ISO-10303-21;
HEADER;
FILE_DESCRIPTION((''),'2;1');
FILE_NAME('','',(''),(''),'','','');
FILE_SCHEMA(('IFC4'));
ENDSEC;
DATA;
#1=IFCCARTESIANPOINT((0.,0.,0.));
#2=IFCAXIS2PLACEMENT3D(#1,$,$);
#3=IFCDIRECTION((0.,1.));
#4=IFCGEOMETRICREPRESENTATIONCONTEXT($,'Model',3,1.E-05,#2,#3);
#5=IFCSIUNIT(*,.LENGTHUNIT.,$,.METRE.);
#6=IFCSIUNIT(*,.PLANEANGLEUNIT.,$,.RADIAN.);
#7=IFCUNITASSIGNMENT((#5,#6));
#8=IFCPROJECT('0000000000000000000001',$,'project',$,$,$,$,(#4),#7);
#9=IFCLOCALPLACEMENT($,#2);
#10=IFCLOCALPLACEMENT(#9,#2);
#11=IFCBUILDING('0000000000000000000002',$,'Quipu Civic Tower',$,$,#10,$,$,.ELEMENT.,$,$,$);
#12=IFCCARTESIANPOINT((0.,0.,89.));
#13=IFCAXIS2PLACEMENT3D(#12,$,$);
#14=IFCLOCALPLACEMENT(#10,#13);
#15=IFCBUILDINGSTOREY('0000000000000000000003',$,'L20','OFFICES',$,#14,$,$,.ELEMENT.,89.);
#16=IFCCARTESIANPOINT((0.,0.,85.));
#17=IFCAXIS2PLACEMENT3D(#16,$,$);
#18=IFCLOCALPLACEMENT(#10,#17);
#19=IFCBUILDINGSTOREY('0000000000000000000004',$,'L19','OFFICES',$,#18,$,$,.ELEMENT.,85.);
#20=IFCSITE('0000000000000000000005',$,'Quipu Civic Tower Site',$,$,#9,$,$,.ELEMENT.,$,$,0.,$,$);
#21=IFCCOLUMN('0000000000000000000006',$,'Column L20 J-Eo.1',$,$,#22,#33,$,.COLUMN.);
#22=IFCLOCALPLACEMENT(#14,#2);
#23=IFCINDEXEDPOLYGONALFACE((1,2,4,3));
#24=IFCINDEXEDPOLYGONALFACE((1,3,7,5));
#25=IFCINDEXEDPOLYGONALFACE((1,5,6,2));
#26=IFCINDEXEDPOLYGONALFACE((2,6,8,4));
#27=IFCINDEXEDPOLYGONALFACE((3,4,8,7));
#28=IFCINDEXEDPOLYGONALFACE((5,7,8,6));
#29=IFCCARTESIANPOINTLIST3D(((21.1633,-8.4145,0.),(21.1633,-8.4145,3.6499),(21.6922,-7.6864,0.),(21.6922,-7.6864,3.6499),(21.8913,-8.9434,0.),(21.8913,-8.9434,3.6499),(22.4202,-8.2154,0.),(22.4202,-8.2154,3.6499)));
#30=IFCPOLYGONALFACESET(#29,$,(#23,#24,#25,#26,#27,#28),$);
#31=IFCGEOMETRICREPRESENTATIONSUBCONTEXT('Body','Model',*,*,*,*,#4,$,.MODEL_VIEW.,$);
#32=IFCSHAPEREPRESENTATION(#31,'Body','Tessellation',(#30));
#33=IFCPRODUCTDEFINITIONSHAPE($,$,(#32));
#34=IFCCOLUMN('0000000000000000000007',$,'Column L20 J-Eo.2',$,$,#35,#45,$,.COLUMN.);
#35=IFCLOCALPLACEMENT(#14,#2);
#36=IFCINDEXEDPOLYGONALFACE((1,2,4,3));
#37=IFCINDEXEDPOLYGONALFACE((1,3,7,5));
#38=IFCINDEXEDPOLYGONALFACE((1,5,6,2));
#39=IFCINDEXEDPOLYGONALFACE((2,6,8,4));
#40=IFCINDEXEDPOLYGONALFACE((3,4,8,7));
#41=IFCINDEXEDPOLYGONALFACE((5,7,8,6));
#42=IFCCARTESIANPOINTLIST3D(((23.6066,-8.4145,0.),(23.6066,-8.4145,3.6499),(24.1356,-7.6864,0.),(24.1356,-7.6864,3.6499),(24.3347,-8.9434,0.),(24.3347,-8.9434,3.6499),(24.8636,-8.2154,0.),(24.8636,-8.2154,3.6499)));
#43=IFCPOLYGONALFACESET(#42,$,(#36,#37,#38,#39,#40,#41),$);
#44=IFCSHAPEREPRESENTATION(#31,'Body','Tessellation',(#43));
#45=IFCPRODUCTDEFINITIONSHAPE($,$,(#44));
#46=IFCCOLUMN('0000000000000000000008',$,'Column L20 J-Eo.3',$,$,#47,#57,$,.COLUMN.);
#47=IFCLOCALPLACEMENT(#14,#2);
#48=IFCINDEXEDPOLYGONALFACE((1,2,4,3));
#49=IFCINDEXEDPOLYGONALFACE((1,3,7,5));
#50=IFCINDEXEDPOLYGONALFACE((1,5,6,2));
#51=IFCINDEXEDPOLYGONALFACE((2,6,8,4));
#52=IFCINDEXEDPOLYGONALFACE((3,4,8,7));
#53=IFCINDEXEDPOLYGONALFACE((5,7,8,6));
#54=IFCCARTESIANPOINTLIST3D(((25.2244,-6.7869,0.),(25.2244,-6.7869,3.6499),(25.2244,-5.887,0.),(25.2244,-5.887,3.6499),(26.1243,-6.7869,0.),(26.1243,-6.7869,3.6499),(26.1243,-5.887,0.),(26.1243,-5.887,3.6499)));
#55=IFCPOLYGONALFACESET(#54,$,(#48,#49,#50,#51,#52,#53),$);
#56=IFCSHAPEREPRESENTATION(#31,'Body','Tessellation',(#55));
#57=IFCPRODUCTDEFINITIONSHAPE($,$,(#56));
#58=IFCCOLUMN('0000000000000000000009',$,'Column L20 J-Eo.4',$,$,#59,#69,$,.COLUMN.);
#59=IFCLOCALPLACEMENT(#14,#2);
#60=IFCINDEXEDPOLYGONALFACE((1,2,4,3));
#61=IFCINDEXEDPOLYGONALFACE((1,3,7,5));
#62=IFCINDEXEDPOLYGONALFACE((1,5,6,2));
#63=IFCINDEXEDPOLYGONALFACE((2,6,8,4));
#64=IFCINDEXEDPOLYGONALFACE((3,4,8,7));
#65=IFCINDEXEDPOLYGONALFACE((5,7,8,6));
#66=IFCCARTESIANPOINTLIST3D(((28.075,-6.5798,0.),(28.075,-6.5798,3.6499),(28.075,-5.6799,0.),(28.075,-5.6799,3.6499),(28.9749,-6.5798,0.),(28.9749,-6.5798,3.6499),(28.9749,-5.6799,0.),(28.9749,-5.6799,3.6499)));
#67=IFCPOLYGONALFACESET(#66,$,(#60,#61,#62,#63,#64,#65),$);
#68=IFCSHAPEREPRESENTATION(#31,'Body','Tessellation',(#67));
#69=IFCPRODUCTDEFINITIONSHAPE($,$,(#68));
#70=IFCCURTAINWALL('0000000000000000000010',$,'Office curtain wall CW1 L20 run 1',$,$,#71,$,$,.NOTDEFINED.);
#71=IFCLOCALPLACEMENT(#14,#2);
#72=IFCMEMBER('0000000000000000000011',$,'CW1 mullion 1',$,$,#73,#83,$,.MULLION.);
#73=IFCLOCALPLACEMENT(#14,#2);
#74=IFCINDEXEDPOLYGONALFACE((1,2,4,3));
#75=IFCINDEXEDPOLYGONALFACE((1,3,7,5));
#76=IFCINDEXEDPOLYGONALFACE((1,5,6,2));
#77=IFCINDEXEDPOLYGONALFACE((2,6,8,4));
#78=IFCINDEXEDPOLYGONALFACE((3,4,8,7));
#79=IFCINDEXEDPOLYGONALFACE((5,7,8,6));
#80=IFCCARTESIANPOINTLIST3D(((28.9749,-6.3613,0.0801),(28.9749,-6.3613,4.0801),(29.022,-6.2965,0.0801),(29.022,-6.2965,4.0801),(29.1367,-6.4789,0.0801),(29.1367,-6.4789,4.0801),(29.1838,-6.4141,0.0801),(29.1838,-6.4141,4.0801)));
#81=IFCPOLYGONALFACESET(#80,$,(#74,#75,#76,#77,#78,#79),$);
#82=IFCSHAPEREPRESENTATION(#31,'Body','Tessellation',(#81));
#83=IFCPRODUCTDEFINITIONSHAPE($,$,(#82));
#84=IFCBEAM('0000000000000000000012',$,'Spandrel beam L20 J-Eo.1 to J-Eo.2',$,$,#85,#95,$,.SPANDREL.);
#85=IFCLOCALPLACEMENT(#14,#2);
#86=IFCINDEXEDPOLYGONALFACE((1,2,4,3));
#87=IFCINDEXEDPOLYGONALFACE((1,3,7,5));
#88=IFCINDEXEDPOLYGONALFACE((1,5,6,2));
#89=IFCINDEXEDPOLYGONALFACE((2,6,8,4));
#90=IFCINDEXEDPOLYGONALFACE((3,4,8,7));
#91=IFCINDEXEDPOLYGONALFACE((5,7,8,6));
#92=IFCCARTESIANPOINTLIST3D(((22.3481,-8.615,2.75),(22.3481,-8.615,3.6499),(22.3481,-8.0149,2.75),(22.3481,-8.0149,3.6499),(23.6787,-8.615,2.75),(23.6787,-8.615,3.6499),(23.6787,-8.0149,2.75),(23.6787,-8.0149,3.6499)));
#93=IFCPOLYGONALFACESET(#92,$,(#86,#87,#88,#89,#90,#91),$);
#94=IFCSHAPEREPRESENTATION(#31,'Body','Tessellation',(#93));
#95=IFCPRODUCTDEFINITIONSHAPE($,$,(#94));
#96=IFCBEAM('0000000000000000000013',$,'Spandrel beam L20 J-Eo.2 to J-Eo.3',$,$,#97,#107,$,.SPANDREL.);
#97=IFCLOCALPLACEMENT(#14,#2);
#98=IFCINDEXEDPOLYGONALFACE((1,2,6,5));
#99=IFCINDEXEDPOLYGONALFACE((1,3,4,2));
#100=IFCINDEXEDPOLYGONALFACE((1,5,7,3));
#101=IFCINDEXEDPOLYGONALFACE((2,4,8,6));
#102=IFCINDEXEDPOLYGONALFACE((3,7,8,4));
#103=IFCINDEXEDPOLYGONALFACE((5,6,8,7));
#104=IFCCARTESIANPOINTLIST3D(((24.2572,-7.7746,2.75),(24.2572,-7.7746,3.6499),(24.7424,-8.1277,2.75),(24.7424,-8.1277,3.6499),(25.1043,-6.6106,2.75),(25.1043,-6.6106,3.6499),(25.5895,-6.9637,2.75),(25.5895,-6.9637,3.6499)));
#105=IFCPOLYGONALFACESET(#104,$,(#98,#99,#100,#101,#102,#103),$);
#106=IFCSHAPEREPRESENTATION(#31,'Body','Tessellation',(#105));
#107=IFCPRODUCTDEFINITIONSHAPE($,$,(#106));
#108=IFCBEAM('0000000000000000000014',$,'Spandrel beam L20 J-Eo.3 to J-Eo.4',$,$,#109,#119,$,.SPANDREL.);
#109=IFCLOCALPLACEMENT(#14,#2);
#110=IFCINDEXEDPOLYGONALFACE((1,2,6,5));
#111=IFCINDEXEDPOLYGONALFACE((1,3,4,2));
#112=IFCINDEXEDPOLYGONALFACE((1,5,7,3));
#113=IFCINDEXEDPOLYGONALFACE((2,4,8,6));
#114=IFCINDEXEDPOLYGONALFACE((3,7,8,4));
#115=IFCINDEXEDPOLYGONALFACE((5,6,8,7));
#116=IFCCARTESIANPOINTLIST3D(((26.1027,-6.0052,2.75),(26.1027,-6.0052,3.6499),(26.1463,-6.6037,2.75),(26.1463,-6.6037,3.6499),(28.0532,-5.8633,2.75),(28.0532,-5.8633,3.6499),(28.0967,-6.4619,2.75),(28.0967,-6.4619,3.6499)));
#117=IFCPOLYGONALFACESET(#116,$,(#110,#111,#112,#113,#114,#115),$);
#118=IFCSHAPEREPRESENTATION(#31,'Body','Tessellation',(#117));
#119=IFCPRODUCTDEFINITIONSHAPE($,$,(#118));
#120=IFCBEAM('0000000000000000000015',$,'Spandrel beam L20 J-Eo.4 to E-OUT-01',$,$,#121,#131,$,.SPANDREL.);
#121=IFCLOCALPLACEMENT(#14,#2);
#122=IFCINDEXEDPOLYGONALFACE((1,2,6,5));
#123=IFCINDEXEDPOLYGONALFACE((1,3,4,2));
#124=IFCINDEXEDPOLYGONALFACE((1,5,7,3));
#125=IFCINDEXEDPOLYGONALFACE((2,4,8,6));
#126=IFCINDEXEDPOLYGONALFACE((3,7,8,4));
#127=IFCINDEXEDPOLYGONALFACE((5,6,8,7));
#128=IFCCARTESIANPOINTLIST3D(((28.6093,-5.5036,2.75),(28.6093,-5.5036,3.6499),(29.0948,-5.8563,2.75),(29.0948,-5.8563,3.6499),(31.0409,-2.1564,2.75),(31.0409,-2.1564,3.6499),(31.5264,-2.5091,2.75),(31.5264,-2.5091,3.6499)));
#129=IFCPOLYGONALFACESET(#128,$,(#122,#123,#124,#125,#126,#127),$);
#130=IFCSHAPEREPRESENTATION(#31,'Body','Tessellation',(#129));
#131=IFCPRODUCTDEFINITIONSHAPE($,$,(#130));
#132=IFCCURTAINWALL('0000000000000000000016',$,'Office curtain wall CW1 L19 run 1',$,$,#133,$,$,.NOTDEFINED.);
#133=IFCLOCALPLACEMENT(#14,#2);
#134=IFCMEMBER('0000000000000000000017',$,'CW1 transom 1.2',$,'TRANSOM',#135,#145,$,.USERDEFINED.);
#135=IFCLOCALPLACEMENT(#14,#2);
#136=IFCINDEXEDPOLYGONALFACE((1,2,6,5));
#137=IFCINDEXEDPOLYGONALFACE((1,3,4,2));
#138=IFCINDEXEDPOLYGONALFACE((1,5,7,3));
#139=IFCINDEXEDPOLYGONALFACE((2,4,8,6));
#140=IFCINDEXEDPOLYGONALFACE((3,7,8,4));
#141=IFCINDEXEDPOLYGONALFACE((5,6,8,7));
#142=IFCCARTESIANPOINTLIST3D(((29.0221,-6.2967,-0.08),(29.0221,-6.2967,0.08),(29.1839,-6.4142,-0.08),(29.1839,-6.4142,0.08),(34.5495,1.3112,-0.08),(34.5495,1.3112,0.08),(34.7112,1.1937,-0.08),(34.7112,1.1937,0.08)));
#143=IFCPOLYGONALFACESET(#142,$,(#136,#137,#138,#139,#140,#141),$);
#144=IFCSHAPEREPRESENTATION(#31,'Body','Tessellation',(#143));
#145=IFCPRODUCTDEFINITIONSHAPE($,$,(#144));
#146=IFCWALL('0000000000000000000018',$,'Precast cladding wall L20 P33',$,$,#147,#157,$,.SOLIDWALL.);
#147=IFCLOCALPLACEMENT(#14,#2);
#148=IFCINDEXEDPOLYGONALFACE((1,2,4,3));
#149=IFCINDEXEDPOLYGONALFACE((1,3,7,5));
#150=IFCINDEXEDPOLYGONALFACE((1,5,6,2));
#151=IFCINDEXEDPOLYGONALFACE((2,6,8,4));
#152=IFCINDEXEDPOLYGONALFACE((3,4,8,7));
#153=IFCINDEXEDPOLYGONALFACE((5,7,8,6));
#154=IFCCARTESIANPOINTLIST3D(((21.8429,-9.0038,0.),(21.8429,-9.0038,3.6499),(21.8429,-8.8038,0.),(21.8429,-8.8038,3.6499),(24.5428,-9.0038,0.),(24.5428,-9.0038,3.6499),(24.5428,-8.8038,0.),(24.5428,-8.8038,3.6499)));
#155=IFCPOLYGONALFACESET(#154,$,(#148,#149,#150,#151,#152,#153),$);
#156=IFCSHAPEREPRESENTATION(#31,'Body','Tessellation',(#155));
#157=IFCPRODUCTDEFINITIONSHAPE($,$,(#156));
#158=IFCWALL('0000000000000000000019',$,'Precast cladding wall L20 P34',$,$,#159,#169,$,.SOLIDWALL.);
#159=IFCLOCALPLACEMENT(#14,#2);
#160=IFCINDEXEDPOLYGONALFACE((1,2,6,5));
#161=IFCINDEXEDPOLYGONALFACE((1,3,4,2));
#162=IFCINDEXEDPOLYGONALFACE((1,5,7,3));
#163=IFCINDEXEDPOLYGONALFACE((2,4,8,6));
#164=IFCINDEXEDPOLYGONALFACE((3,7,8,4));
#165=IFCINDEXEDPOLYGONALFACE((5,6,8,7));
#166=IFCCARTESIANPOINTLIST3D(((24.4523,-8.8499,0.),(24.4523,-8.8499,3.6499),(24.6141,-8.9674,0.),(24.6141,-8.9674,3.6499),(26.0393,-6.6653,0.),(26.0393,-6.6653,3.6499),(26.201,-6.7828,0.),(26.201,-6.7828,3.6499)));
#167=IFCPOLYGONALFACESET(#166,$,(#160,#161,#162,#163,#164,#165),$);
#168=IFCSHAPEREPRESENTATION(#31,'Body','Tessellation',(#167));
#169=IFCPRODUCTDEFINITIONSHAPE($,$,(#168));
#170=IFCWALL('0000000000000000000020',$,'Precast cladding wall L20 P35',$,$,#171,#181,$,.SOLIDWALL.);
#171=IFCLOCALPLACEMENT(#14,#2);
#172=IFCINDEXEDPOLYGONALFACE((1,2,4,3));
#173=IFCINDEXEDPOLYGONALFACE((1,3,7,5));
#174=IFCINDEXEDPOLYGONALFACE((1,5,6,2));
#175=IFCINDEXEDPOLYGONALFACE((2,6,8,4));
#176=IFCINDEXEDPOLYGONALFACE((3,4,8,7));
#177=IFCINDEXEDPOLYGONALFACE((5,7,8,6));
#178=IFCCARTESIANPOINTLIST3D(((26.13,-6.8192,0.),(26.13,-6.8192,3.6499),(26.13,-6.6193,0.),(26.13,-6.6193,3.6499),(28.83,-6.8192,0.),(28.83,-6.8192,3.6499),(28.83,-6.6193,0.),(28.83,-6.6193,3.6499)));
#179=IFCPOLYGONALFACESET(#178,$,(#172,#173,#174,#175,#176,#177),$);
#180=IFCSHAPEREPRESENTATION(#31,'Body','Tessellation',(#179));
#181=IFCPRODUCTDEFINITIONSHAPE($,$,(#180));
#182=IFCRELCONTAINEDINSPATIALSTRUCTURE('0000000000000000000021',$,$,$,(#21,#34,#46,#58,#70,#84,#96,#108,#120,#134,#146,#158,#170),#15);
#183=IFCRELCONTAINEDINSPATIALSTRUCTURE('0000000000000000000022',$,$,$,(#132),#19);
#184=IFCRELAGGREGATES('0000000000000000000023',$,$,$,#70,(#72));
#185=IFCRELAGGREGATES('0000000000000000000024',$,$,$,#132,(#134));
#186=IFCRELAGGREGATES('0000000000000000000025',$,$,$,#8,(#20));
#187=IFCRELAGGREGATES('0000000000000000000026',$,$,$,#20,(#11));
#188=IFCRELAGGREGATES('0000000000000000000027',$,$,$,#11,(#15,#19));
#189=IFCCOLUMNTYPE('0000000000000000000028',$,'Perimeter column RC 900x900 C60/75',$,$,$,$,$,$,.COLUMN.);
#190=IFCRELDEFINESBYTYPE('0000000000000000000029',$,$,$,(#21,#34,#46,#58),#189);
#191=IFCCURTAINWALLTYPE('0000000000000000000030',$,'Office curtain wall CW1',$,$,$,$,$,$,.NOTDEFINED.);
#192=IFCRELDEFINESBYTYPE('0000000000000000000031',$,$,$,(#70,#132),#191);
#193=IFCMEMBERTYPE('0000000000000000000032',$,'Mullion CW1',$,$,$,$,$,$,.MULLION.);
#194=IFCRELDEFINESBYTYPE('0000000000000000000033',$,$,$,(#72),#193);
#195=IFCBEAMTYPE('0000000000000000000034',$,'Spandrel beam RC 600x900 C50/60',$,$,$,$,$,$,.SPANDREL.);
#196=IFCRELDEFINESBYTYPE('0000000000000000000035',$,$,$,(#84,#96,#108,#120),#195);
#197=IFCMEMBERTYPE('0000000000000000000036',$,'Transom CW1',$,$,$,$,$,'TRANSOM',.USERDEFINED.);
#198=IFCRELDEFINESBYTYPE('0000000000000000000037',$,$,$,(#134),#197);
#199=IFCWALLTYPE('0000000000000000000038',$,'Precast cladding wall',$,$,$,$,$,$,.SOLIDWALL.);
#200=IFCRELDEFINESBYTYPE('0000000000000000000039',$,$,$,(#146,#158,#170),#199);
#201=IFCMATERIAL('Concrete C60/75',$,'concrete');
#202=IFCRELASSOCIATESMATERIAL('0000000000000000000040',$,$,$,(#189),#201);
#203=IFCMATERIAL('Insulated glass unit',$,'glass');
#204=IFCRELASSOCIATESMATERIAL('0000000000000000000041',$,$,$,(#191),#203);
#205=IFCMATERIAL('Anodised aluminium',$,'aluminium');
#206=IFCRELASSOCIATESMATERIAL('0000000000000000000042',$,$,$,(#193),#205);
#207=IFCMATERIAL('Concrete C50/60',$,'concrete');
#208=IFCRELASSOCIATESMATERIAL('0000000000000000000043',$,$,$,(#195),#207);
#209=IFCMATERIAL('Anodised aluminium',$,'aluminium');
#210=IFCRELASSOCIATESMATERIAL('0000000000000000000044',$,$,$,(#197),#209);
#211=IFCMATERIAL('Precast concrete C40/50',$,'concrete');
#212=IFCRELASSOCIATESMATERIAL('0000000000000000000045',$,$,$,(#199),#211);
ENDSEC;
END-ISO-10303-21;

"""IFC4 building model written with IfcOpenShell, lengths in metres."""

from ifc_helpers import new_model, si_unit, direction, frame, frame_2d, origin, origin_2d, place, context, subcontext, project, spatial, rectangle, extrude, material, material_profile, profile_set, type_object, element, aggregate, save


model = new_model("IFC4")

# Units and contexts
model_context = context("Model", 3, precision=1e-05, world=origin(), true_north=direction((0.0, 1.0)))
body_context = subcontext(model_context, "Body", "Model", "MODEL_VIEW")
ifc_project = project(units=[si_unit("LENGTHUNIT", "METRE"), si_unit("PLANEANGLEUNIT", "RADIAN")], contexts=[model_context])

# Site, building, storey
site_placement = place(None, origin())
site = spatial("IfcSite", under=ifc_project, at=site_placement, Name="Quipu Civic Tower Site", CompositionType="ELEMENT", RefElevation=0.0)
building_placement = place(site_placement, origin())
building = spatial("IfcBuilding", under=site, at=building_placement, Name="Quipu Civic Tower", CompositionType="ELEMENT")
storey_1_placement = place(building_placement, frame((0.0, 0.0, 89.0)))
storey_1 = spatial("IfcBuildingStorey", under=building, at=storey_1_placement, Name="L20", Description="OFFICES", CompositionType="ELEMENT", Elevation=89.0)

# Columns
ifc_material_1 = material(Name="Concrete C60/75", Category="concrete")
ifc_material_profile_1 = material_profile(ifc_material_1, rectangle(XDim=0.8999, YDim=0.8999, at=origin_2d()), Name="RC900x900")
ifc_profile_set_1 = profile_set([ifc_material_profile_1], Name="Concrete C60/75")
column_type = type_object("IfcColumnType", Name="Perimeter column RC 900x900 C60/75", PredefinedType="COLUMN", material=ifc_profile_set_1)
for number, where, z_axis, x_axis, name in (
    (1, (21.7917, -8.3149, 0.0), (0.0, 0.0, 1.0), (0.587785, 0.809017, 0.0), "Column L20 J-Eo.1"),
    (2, (24.2351, -8.3149, 0.0), (0.0, 0.0, 1.0), (0.587785, 0.809017, 0.0), "Column L20 J-Eo.2"),
    (3, (25.6743, -6.3369, 0.0), (0.0, 0.0, 1.0), (1.0, 0.0, 0.0), "Column L20 J-Eo.3"),
    (4, (28.5249, -6.1299, 0.0), (0.0, 0.0, 1.0), (1.0, 0.0, 0.0), "Column L20 J-Eo.4"),
):
    element("IfcColumn", number, at=place(storey_1_placement, frame(where, z_axis=z_axis, x_axis=x_axis)), inside=storey_1, type_object=column_type, Name=name, PredefinedType="COLUMN", context=body_context, shape_type="SweptSolid", body=[
        extrude(rectangle(XDim=0.8999, YDim=0.8999, at=origin_2d()), origin(), (0.0, 0.0, 1.0), 3.6499),
    ])

# Curtain wall, member
ifc_material_2 = material(Name="Insulated glass unit", Category="glass")
curtain_wall_type = type_object("IfcCurtainWallType", Name="Office curtain wall CW1", PredefinedType="NOTDEFINED", material=ifc_material_2)
curtain_wall_1_placement = place(storey_1_placement, origin())
curtain_wall_1 = element("IfcCurtainWall", 5, at=curtain_wall_1_placement, inside=storey_1, type_object=curtain_wall_type, Name="Office curtain wall CW1 L20 run 1", PredefinedType="NOTDEFINED")
ifc_material_3 = material(Name="Anodised aluminium", Category="aluminium")
ifc_material_profile_2 = material_profile(ifc_material_3, rectangle(XDim=0.2, YDim=0.0801, at=origin_2d()), Name="RECT 200x80")
ifc_profile_set_2 = profile_set([ifc_material_profile_2], Name="Anodised aluminium")
member_type_1 = type_object("IfcMemberType", Name="Mullion CW1", PredefinedType="MULLION", material=ifc_profile_set_2)
member_1_placement = place(storey_1_placement, frame((29.0793, -6.3877, 0.0801), z_axis=(0.0, 0.0, 1.0), x_axis=(-0.809016, 0.587786, 0.0)))
member_1 = element("IfcMember", 6, at=member_1_placement, type_object=member_type_1, Name="CW1 mullion 1", PredefinedType="MULLION", context=body_context, shape_type="SweptSolid", body=[
    extrude(rectangle(XDim=0.2, YDim=0.0801, at=origin_2d()), origin(), (0.0, 0.0, 1.0), 4.0),
])
aggregate(curtain_wall_1, [member_1])

# Beams
ifc_material_4 = material(Name="Concrete C50/60", Category="concrete")
ifc_material_profile_3 = material_profile(ifc_material_4, rectangle(XDim=0.6001, YDim=0.8999, at=origin_2d()), Name="RC600x900")
ifc_profile_set_3 = profile_set([ifc_material_profile_3], Name="Concrete C50/60")
beam_type = type_object("IfcBeamType", Name="Spandrel beam RC 600x900 C50/60", PredefinedType="SPANDREL", material=ifc_profile_set_3)
beam_1_placement = place(storey_1_placement, frame((22.3481, -8.3149, 3.2), z_axis=(1.0, 0.0, 0.0), x_axis=(0.0, 1.0, 0.0)))
element("IfcBeam", 7, at=beam_1_placement, inside=storey_1, type_object=beam_type, Name="Spandrel beam L20 J-Eo.1 to J-Eo.2", PredefinedType="SPANDREL", context=body_context, shape_type="SweptSolid", body=[
    extrude(rectangle(XDim=0.6001, YDim=0.8999, at=origin_2d()), origin(), (0.0, 0.0, 1.0), 1.3306),
])
beam_2_placement = place(storey_1_placement, frame((24.4998, -7.9512, 3.2), z_axis=(0.588434, 0.808545, 0.0), x_axis=(-0.808545, 0.588434, 0.0)))
element("IfcBeam", 8, at=beam_2_placement, inside=storey_1, type_object=beam_type, Name="Spandrel beam L20 J-Eo.2 to J-Eo.3", PredefinedType="SPANDREL", context=body_context, shape_type="SweptSolid", body=[
    extrude(rectangle(XDim=0.6001, YDim=0.8999, at=origin_2d()), origin(), (0.0, 0.0, 1.0), 1.4397),
])
beam_3_placement = place(storey_1_placement, frame((26.1245, -6.3044, 3.2), z_axis=(0.997366, 0.072533, 0.0), x_axis=(-0.072533, 0.997366, 0.0)))
element("IfcBeam", 9, at=beam_3_placement, inside=storey_1, type_object=beam_type, Name="Spandrel beam L20 J-Eo.3 to J-Eo.4", PredefinedType="SPANDREL", context=body_context, shape_type="SweptSolid", body=[
    extrude(rectangle(XDim=0.6001, YDim=0.8999, at=origin_2d()), origin(), (0.0, 0.0, 1.0), 1.9556),
])
beam_4_placement = place(storey_1_placement, frame((28.8521, -5.6799, 3.2), z_axis=(0.587751, 0.809042, 0.0), x_axis=(-0.809042, 0.587751, 0.0)))
element("IfcBeam", 10, at=beam_4_placement, inside=storey_1, type_object=beam_type, Name="Spandrel beam L20 J-Eo.4 to E-OUT-01", PredefinedType="SPANDREL", context=body_context, shape_type="SweptSolid", body=[
    extrude(rectangle(XDim=0.6001, YDim=0.8999, at=origin_2d()), origin(), (0.0, 0.0, 1.0), 4.1372),
])

# Shared definitions
storey_2_placement = place(building_placement, frame((0.0, 0.0, 85.0)))
storey_2 = spatial("IfcBuildingStorey", under=building, at=storey_2_placement, Name="L19", Description="OFFICES", CompositionType="ELEMENT", Elevation=85.0)

# Curtain wall, member
curtain_wall_2_placement = place(storey_2_placement, origin())
curtain_wall_2 = element("IfcCurtainWall", 11, at=curtain_wall_2_placement, inside=storey_2, type_object=curtain_wall_type, Name="Office curtain wall CW1 L19 run 1", PredefinedType="NOTDEFINED")
ifc_material_5 = material(Name="Anodised aluminium", Category="aluminium")
ifc_material_profile_4 = material_profile(ifc_material_5, rectangle(XDim=0.2, YDim=0.1599, at=origin_2d()), Name="RECT 200x160")
ifc_profile_set_4 = profile_set([ifc_material_profile_4], Name="Anodised aluminium")
member_type_2 = type_object("IfcMemberType", Name="Transom CW1", ElementType="TRANSOM", PredefinedType="USERDEFINED", material=ifc_profile_set_4)
member_2_placement = place(storey_1_placement, frame((29.103, -6.3555, 0.0), z_axis=(0.587776, 0.809023, 0.0), x_axis=(-0.809023, 0.587776, 0.0)))
member_2 = element("IfcMember", 12, at=member_2_placement, inside=storey_1, type_object=member_type_2, Name="CW1 transom 1.2", ObjectType="TRANSOM", PredefinedType="USERDEFINED", context=body_context, shape_type="SweptSolid", body=[
    extrude(rectangle(XDim=0.2, YDim=0.1599, at=origin_2d()), origin(), (0.0, 0.0, 1.0), 9.4038),
])
aggregate(curtain_wall_2, [member_2])

# Walls
ifc_material_6 = material(Name="Precast concrete C40/50", Category="concrete")
wall_type_1 = type_object("IfcWallType", Name="Precast cladding wall", PredefinedType="SOLIDWALL", material=ifc_material_6)
wall_1_placement = place(storey_1_placement, frame((21.8428, -8.9038, 0.0), z_axis=(0.0, 0.0, 1.0), x_axis=(1.0, 0.0, 0.0)))
element("IfcWall", 13, at=wall_1_placement, inside=storey_1, type_object=wall_type_1, Name="Precast cladding wall L20 P33", PredefinedType="SOLIDWALL", context=body_context, shape_type="SweptSolid", body=[
    extrude(rectangle(XDim=2.7, YDim=0.2, at=frame_2d((1.3501, 0.0))), origin(), (0.0, 0.0, 1.0), 3.6499),
])
wall_2_placement = place(storey_1_placement, frame((24.5332, -8.9087, 0.0), z_axis=(0.0, 0.0, 1.0), x_axis=(0.58772, 0.809064, 0.0)))
element("IfcWall", 14, at=wall_2_placement, inside=storey_1, type_object=wall_type_1, Name="Precast cladding wall L20 P34", PredefinedType="SOLIDWALL", context=body_context, shape_type="SweptSolid", body=[
    extrude(rectangle(XDim=2.7002, YDim=0.2, at=frame_2d((1.3501, 0.0))), origin(), (0.0, 0.0, 1.0), 3.6499),
])
wall_3_placement = place(storey_1_placement, frame((26.1299, -6.7192, 0.0), z_axis=(0.0, 0.0, 1.0), x_axis=(1.0, 0.0, 0.0)))
element("IfcWall", 15, at=wall_3_placement, inside=storey_1, type_object=wall_type_1, Name="Precast cladding wall L20 P35", PredefinedType="SOLIDWALL", context=body_context, shape_type="SweptSolid", body=[
    extrude(rectangle(XDim=2.7, YDim=0.2, at=frame_2d((1.3501, 0.0))), origin(), (0.0, 0.0, 1.0), 3.6499),
])

save(model, "model.ifc")
